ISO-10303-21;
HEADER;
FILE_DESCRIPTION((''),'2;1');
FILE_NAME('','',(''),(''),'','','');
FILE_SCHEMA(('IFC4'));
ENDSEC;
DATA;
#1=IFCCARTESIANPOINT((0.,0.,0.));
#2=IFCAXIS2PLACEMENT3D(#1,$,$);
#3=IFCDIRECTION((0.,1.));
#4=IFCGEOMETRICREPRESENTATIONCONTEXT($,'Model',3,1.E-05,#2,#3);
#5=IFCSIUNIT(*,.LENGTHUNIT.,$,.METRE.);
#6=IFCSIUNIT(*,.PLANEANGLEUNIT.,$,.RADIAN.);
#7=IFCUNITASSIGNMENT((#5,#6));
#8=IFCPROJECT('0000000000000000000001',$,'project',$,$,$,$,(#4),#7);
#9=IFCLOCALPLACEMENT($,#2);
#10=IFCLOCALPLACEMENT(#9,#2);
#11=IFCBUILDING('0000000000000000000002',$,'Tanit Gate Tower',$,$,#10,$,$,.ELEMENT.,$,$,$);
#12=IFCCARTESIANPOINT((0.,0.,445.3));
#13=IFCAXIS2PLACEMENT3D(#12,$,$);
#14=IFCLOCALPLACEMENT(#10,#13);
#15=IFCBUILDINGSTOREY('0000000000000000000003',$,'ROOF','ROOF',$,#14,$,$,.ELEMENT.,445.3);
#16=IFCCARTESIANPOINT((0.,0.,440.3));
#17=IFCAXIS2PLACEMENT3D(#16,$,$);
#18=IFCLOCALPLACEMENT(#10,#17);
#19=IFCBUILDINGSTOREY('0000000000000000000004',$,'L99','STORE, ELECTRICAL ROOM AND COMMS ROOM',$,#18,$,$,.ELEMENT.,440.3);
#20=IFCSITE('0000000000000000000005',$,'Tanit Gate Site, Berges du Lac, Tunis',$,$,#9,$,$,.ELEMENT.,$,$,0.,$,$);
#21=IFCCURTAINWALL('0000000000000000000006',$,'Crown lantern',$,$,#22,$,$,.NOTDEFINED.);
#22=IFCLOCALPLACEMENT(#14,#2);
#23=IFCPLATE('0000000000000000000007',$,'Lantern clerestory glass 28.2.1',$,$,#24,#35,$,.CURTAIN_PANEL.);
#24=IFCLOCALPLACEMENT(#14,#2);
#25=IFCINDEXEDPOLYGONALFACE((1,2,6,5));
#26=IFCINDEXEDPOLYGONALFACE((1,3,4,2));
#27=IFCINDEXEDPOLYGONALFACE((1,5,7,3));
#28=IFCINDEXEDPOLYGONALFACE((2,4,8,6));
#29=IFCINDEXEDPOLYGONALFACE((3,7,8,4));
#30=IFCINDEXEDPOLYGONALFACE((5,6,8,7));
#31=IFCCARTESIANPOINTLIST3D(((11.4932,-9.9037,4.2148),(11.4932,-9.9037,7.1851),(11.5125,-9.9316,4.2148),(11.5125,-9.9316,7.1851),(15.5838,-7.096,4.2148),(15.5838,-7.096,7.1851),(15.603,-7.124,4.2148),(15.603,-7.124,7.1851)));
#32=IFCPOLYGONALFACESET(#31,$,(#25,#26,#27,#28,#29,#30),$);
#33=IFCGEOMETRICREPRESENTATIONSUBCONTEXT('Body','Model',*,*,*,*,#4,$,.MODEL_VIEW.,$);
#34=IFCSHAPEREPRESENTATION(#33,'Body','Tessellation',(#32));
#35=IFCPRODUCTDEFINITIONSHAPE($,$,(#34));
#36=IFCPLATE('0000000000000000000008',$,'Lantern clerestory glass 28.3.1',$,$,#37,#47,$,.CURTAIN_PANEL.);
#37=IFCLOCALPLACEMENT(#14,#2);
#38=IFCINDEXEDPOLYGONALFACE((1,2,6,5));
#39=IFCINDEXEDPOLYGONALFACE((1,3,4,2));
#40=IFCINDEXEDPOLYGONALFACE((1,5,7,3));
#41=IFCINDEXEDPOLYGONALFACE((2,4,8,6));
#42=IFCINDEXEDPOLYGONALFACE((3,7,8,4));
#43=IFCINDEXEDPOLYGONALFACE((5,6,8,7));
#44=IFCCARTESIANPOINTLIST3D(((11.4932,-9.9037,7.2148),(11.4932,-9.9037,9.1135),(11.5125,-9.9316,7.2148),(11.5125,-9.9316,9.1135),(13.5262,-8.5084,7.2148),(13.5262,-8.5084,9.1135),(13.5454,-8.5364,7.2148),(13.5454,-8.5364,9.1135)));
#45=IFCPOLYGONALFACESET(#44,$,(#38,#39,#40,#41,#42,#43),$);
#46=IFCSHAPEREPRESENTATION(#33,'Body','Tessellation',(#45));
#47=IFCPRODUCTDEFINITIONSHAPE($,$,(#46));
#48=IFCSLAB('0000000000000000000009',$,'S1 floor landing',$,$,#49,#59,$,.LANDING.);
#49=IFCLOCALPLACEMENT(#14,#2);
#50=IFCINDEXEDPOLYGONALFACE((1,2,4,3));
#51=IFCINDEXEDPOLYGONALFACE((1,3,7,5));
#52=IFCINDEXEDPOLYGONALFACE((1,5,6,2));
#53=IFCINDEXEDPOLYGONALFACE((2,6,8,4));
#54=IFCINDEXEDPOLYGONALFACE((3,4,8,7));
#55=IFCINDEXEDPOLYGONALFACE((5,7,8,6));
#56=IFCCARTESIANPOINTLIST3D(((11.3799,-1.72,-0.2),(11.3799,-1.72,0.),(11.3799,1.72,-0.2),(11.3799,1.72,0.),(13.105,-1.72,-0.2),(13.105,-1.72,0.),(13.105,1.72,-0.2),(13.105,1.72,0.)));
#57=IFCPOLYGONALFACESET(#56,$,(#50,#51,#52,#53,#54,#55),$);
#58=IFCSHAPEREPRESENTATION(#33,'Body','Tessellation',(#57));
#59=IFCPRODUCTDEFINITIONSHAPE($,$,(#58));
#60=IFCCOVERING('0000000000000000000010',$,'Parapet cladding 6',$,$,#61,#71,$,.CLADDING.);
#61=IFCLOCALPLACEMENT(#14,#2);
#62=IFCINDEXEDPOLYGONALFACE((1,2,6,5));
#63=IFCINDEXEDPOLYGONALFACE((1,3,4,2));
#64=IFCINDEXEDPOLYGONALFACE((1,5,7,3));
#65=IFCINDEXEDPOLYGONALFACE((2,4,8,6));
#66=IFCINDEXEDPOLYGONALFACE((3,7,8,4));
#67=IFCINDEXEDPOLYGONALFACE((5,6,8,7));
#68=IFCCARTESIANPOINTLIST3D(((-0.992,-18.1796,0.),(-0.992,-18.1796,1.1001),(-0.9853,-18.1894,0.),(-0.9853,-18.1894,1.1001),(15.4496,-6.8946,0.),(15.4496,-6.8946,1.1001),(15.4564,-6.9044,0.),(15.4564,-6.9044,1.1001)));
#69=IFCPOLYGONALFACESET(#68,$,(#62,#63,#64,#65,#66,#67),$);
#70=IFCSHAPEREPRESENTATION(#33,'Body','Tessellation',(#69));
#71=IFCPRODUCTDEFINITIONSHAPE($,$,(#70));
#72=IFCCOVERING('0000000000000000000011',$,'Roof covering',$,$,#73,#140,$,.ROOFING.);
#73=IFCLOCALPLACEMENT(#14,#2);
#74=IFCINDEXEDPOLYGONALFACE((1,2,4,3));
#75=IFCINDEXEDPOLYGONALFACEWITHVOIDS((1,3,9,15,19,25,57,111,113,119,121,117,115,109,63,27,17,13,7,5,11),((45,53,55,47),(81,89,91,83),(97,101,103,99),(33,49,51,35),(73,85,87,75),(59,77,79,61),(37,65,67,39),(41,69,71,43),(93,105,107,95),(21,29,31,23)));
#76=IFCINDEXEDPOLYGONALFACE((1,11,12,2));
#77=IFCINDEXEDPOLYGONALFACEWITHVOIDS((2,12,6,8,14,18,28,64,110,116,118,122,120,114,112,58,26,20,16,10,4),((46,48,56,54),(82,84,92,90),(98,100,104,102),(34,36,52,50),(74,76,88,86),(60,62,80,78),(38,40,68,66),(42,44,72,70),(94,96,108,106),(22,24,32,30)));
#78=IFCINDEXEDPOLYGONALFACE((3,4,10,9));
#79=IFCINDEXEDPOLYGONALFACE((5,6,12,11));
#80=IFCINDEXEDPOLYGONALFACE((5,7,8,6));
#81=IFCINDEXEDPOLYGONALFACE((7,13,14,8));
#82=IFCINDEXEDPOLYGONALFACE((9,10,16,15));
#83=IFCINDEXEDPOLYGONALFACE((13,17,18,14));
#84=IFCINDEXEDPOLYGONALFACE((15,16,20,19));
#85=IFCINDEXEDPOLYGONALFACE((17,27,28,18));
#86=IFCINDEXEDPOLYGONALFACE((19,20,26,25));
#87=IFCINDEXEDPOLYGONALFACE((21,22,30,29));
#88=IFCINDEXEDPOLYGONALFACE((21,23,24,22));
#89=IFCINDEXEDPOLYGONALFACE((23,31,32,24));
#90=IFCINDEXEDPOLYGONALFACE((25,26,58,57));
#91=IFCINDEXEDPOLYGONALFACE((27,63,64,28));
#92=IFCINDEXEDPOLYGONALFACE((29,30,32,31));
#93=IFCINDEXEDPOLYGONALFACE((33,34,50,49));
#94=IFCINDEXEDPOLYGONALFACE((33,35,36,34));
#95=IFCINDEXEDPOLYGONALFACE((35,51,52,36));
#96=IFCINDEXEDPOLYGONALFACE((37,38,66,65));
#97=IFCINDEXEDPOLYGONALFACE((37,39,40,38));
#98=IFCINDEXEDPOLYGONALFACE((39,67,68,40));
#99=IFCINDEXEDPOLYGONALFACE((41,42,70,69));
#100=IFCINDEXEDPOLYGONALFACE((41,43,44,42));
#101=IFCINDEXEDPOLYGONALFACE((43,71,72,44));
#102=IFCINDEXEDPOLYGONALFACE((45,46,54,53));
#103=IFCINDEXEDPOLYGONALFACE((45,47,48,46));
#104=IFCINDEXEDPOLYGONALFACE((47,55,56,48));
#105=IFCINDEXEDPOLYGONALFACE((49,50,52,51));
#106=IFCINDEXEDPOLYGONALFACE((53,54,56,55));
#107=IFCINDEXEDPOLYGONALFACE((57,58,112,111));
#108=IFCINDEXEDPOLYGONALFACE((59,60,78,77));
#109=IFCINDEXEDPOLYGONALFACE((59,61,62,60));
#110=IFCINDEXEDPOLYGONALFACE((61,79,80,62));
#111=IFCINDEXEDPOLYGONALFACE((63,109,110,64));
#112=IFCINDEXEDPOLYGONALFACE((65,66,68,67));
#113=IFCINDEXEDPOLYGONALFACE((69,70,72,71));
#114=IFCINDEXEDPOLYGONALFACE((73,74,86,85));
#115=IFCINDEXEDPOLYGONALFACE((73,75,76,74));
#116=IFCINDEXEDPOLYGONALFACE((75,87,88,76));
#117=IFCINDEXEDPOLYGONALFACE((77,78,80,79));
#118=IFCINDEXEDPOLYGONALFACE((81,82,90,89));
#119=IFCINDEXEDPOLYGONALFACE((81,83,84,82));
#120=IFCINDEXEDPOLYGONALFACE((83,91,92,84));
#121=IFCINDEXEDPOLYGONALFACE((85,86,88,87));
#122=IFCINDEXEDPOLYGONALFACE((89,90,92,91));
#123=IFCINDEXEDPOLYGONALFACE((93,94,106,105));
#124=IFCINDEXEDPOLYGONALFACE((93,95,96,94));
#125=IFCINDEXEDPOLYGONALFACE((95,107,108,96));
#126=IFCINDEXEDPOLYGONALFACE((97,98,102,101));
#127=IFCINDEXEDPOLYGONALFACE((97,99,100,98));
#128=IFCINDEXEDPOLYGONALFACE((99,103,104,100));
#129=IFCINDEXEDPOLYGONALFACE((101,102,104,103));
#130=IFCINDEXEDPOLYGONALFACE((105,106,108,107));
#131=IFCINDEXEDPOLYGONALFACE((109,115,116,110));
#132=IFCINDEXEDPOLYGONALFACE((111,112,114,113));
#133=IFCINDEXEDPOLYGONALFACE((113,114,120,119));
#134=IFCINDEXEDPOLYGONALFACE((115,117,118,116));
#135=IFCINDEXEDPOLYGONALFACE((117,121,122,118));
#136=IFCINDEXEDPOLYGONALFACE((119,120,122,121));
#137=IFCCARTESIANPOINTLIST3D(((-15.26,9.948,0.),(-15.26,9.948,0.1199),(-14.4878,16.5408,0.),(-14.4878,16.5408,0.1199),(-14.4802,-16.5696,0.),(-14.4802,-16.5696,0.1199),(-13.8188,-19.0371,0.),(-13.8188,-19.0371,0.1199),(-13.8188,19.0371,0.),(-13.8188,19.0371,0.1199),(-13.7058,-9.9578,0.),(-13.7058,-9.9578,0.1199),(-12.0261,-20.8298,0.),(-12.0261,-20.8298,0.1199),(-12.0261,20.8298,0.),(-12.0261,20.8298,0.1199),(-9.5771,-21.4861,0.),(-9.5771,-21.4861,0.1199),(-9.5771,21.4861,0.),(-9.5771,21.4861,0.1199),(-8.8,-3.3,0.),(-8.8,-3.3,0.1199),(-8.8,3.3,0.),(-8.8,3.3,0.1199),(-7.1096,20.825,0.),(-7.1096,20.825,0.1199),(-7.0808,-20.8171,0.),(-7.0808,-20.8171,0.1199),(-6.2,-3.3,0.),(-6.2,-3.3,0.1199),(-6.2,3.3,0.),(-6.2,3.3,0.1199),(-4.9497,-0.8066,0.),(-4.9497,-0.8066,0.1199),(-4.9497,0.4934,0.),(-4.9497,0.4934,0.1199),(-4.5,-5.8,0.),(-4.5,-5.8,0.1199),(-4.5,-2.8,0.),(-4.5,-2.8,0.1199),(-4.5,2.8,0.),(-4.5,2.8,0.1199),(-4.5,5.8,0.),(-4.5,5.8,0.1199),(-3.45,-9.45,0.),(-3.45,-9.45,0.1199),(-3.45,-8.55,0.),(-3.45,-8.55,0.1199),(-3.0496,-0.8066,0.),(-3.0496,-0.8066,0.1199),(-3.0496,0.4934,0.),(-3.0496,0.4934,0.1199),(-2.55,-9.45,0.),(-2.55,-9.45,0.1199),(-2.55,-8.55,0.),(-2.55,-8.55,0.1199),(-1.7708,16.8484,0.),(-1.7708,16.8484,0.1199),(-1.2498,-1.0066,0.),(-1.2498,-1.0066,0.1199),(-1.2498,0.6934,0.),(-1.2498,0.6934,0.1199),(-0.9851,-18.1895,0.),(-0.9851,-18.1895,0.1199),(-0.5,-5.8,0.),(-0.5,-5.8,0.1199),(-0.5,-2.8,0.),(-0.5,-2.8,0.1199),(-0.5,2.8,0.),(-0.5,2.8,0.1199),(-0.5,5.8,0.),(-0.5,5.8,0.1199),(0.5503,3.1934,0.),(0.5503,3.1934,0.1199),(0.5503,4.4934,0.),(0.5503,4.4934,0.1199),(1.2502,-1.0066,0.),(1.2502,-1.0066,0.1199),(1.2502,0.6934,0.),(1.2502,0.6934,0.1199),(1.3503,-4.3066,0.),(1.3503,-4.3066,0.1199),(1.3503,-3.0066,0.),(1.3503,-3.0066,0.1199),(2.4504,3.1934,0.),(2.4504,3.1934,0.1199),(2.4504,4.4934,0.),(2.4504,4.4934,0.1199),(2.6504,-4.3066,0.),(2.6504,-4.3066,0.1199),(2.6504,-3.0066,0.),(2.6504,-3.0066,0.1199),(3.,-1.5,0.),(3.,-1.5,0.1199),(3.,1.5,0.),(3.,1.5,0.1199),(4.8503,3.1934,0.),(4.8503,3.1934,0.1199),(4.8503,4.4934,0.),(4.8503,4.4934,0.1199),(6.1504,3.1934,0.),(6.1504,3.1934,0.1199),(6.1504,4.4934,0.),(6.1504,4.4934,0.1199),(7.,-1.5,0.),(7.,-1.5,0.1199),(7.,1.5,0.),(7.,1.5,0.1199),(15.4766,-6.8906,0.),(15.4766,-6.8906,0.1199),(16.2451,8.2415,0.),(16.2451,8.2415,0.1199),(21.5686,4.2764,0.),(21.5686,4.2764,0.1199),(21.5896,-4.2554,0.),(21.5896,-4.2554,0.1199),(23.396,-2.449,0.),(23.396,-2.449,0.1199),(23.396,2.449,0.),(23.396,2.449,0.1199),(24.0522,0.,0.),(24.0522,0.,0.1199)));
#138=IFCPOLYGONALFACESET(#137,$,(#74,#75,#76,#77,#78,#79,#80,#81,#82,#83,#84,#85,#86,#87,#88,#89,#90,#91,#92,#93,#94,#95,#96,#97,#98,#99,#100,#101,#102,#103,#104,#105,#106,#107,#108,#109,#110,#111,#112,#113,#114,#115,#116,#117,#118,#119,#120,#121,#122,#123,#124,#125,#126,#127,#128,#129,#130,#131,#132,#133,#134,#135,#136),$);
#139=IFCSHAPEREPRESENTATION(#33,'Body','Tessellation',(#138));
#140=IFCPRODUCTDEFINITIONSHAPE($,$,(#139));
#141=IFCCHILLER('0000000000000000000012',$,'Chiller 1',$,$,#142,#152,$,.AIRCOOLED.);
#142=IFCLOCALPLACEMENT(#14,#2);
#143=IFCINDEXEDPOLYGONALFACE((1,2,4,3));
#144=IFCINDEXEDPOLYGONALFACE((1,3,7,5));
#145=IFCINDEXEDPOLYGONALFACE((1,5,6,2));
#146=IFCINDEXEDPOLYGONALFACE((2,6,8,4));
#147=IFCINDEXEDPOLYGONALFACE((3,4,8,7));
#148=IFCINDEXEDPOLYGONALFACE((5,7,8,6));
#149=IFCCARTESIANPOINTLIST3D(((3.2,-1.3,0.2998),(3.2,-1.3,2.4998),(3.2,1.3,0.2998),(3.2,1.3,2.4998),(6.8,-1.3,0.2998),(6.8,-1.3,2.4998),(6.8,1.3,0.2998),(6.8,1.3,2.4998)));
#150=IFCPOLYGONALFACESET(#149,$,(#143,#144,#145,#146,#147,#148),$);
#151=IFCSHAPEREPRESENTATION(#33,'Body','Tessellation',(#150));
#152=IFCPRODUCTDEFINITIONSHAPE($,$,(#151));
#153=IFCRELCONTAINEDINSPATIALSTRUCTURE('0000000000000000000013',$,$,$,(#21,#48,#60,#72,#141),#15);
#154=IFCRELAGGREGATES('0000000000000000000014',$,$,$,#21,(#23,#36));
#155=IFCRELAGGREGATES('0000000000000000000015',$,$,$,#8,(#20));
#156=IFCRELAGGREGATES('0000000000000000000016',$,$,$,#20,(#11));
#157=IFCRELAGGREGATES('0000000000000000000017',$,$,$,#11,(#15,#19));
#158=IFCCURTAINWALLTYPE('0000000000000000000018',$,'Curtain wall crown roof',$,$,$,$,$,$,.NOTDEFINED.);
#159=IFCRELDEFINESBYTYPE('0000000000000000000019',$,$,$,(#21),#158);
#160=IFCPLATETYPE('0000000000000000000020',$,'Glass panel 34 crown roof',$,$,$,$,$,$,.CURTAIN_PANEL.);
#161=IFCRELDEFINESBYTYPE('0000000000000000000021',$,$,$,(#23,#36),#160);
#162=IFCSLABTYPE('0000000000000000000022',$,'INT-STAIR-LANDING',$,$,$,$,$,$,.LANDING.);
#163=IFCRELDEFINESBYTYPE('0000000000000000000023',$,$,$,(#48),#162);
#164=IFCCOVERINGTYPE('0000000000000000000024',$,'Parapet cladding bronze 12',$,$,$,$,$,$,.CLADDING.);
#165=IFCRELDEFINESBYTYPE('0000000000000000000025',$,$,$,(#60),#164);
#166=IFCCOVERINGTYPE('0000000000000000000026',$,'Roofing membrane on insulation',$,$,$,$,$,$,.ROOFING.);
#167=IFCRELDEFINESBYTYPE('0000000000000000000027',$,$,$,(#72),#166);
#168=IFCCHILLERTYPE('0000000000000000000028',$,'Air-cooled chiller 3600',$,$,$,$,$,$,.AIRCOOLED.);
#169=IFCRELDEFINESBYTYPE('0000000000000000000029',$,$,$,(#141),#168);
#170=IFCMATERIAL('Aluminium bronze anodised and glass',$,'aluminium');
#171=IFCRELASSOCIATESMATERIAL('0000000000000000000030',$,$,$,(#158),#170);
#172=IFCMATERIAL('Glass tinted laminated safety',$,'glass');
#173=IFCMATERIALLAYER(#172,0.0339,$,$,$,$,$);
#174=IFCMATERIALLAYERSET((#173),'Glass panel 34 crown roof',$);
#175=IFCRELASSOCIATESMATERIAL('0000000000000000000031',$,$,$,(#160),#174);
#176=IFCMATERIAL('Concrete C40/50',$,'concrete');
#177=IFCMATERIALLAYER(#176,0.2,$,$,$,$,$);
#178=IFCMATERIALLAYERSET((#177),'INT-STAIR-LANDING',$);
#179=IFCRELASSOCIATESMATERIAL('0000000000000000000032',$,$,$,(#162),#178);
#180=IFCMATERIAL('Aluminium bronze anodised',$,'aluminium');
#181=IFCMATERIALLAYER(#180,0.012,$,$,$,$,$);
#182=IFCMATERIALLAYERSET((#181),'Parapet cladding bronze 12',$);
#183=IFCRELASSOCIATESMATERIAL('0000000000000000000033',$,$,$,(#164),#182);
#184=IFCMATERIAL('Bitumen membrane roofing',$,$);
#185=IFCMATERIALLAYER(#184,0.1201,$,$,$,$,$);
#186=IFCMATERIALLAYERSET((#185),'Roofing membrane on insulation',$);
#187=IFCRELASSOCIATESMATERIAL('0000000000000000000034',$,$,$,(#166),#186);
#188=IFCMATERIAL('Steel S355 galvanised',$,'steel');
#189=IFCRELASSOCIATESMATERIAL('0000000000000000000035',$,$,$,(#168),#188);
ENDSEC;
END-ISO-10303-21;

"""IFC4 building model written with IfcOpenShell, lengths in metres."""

from ifc_helpers import new_model, si_unit, direction, frame, origin, origin_2d, place, context, subcontext, project, spatial, polyline, rectangle, outline, extrude, material, layer, layer_set, type_object, element, aggregate, save


model = new_model("IFC4")

# Units and contexts
model_context = context("Model", 3, precision=1e-05, world=origin(), true_north=direction((0.0, 1.0)))
body_context = subcontext(model_context, "Body", "Model", "MODEL_VIEW")
ifc_project = project(units=[si_unit("LENGTHUNIT", "METRE"), si_unit("PLANEANGLEUNIT", "RADIAN")], contexts=[model_context])

# Site, building, storey
site_placement = place(None, origin())
site = spatial("IfcSite", under=ifc_project, at=site_placement, Name="Tanit Gate Site, Berges du Lac, Tunis", CompositionType="ELEMENT", RefElevation=0.0)
building_placement = place(site_placement, origin())
building = spatial("IfcBuilding", under=site, at=building_placement, Name="Tanit Gate Tower", CompositionType="ELEMENT")
storey_1_placement = place(building_placement, frame((0.0, 0.0, 445.3)))
storey_1 = spatial("IfcBuildingStorey", under=building, at=storey_1_placement, Name="ROOF", Description="ROOF", CompositionType="ELEMENT", Elevation=445.3)

# Curtain wall
ifc_material_1 = material(Name="Aluminium bronze anodised and glass", Category="aluminium")
curtain_wall_type = type_object("IfcCurtainWallType", Name="Curtain wall crown roof", PredefinedType="NOTDEFINED", material=ifc_material_1)
curtain_wall_placement = place(storey_1_placement, origin())
curtain_wall = element("IfcCurtainWall", 1, at=curtain_wall_placement, inside=storey_1, type_object=curtain_wall_type, Name="Crown lantern", PredefinedType="NOTDEFINED")

# Plates
ifc_material_2 = material(Name="Glass tinted laminated safety", Category="glass")
ifc_layer_1 = layer(ifc_material_2, 0.0339)
ifc_layer_set_1 = layer_set([ifc_layer_1], Name="Glass panel 34 crown roof")
plate_type = type_object("IfcPlateType", Name="Glass panel 34 crown roof", PredefinedType="CURTAIN_PANEL", material=ifc_layer_set_1)
plate_1_placement = place(storey_1_placement, frame((11.5125, -9.9316, 4.2148), z_axis=(0.565892, -0.82448, 0.0), x_axis=(0.82448, 0.565892, 0.0)))
plate_1 = element("IfcPlate", 2, at=plate_1_placement, type_object=plate_type, Name="Lantern clerestory glass 28.2.1", PredefinedType="CURTAIN_PANEL", context=body_context, shape_type="SweptSolid", body=[
    extrude(outline(polyline([(0.0, 0.0), (4.9614, 0.0), (4.9614, 2.9702), (0.0, 2.9702), (0.0, 0.0)])), origin(), (0.0, 0.0, -1.0), 0.0339),
])
plate_2_placement = place(storey_1_placement, frame((11.5125, -9.9316, 7.2148), z_axis=(0.565869, -0.824495, 0.0), x_axis=(0.824495, 0.565869, 0.0)))
plate_2 = element("IfcPlate", 3, at=plate_2_placement, type_object=plate_type, Name="Lantern clerestory glass 28.3.1", PredefinedType="CURTAIN_PANEL", context=body_context, shape_type="SweptSolid", body=[
    extrude(outline(polyline([(0.0, 0.0), (2.4657, 0.0), (2.4657, 1.8987), (0.0, 1.8987), (0.0, 0.0)])), origin(), (0.0, 0.0, -1.0), 0.0339),
])
aggregate(curtain_wall, [plate_1, plate_2])

# Slab
ifc_material_3 = material(Name="Concrete C40/50", Category="concrete")
ifc_layer_2 = layer(ifc_material_3, 0.2)
ifc_layer_set_2 = layer_set([ifc_layer_2], Name="INT-STAIR-LANDING")
slab_type_1 = type_object("IfcSlabType", Name="INT-STAIR-LANDING", PredefinedType="LANDING", material=ifc_layer_set_2)
slab_1_placement = place(storey_1_placement, frame((0.0, 0.0, -0.2)))
element("IfcSlab", 4, at=slab_1_placement, inside=storey_1, type_object=slab_type_1, Name="S1 floor landing", PredefinedType="LANDING", context=body_context, shape_type="SweptSolid", body=[
    extrude(outline(polyline([(11.3799, -1.72), (13.105, -1.72), (13.105, 1.72), (11.3799, 1.72), (11.3799, -1.72)])), origin(), (0.0, 0.0, 1.0), 0.2),
])

# Shared definitions
storey_2_placement = place(building_placement, frame((0.0, 0.0, 440.3)))
storey_2 = spatial("IfcBuildingStorey", under=building, at=storey_2_placement, Name="L99", Description="STORE, ELECTRICAL ROOM AND COMMS ROOM", CompositionType="ELEMENT", Elevation=440.3)

# Coverings
ifc_material_4 = material(Name="Aluminium bronze anodised", Category="aluminium")
ifc_layer_3 = layer(ifc_material_4, 0.012)
ifc_layer_set_3 = layer_set([ifc_layer_3], Name="Parapet cladding bronze 12")
covering_type_1 = type_object("IfcCoveringType", Name="Parapet cladding bronze 12", PredefinedType="CLADDING", material=ifc_layer_set_3)
covering_1_placement = place(storey_1_placement, frame((7.2322, -12.542, 0.0), z_axis=(0.0, 0.0, 1.0), x_axis=(-0.824479, -0.565893, 0.0)))
element("IfcCovering", 5, at=covering_1_placement, inside=storey_1, type_object=covering_type_1, Name="Parapet cladding 6", PredefinedType="CLADDING", context=body_context, shape_type="SweptSolid", body=[
    extrude(rectangle(XDim=19.9419, YDim=0.012, at=origin_2d()), origin(), (0.0, 0.0, 1.0), 1.1001),
])
ifc_material_5 = material(Name="Bitumen membrane roofing")
ifc_layer_4 = layer(ifc_material_5, 0.1201)
ifc_layer_set_4 = layer_set([ifc_layer_4], Name="Roofing membrane on insulation")
covering_type_2 = type_object("IfcCoveringType", Name="Roofing membrane on insulation", PredefinedType="ROOFING", material=ifc_layer_set_4)
covering_2_placement = place(storey_1_placement, origin())
element("IfcCovering", 6, at=covering_2_placement, inside=storey_1, type_object=covering_type_2, Name="Roof covering", PredefinedType="ROOFING", context=body_context, shape_type="SweptSolid", body=[
    extrude(outline(polyline([(21.5686, 4.2764), (23.396, 2.449), (24.0522, 0.0), (23.396, -2.449), (21.5896, -4.2554), (15.4766, -6.8906), (-0.9851, -18.1895), (-7.0808, -20.8171), (-9.5771, -21.4861), (-12.0261, -20.8298), (-13.8188, -19.0371), (-14.4802, -16.5696), (-13.7058, -9.9578), (-15.26, 9.948), (-14.4878, 16.5408), (-13.8188, 19.0371), (-12.0261, 20.8298), (-9.5771, 21.4861), (-7.1096, 20.825), (-1.7708, 16.8484), (16.2451, 8.2415), (21.5686, 4.2764)]), holes=[polyline([(3.0, -1.5), (7.0, -1.5), (7.0, 1.5), (3.0, 1.5), (3.0, -1.5)]), polyline([(-4.5, 2.8), (-0.5, 2.8), (-0.5, 5.8), (-4.5, 5.8), (-4.5, 2.8)]), polyline([(-4.5, -5.8), (-0.5, -5.8), (-0.5, -2.8), (-4.5, -2.8), (-4.5, -5.8)]), polyline([(-8.8, -3.3), (-6.2, -3.3), (-6.2, 3.3), (-8.8, 3.3), (-8.8, -3.3)]), polyline([(-1.2498, -1.0066), (1.2502, -1.0066), (1.2502, 0.6934), (-1.2498, 0.6934), (-1.2498, -1.0066)]), polyline([(-4.9497, -0.8066), (-3.0496, -0.8066), (-3.0496, 0.4934), (-4.9497, 0.4934), (-4.9497, -0.8066)]), polyline([(0.5503, 3.1934), (2.4504, 3.1934), (2.4504, 4.4934), (0.5503, 4.4934), (0.5503, 3.1934)]), polyline([(1.3503, -4.3066), (2.6504, -4.3066), (2.6504, -3.0066), (1.3503, -3.0066), (1.3503, -4.3066)]), polyline([(4.8503, 3.1934), (6.1504, 3.1934), (6.1504, 4.4934), (4.8503, 4.4934), (4.8503, 3.1934)]), polyline([(-3.45, -9.45), (-2.55, -9.45), (-2.55, -8.55), (-3.45, -8.55), (-3.45, -9.45)])]), origin(), (0.0, 0.0, 1.0), 0.1199),
])

# Chiller
ifc_material_6 = material(Name="Steel S355 galvanised", Category="steel")
chiller_type = type_object("IfcChillerType", Name="Air-cooled chiller 3600", PredefinedType="AIRCOOLED", material=ifc_material_6)
chiller_placement = place(storey_1_placement, frame((5.0, 0.0, 0.2998), z_axis=(0.0, 0.0, 1.0), x_axis=(1.0, 0.0, 0.0)))
element("IfcChiller", 7, at=chiller_placement, inside=storey_1, type_object=chiller_type, Name="Chiller 1", PredefinedType="AIRCOOLED", context=body_context, shape_type="SweptSolid", body=[
    extrude(rectangle(XDim=3.6001, YDim=2.6001, at=origin_2d()), origin(), (0.0, 0.0, 1.0), 2.2),
])

save(model, "model.ifc")
